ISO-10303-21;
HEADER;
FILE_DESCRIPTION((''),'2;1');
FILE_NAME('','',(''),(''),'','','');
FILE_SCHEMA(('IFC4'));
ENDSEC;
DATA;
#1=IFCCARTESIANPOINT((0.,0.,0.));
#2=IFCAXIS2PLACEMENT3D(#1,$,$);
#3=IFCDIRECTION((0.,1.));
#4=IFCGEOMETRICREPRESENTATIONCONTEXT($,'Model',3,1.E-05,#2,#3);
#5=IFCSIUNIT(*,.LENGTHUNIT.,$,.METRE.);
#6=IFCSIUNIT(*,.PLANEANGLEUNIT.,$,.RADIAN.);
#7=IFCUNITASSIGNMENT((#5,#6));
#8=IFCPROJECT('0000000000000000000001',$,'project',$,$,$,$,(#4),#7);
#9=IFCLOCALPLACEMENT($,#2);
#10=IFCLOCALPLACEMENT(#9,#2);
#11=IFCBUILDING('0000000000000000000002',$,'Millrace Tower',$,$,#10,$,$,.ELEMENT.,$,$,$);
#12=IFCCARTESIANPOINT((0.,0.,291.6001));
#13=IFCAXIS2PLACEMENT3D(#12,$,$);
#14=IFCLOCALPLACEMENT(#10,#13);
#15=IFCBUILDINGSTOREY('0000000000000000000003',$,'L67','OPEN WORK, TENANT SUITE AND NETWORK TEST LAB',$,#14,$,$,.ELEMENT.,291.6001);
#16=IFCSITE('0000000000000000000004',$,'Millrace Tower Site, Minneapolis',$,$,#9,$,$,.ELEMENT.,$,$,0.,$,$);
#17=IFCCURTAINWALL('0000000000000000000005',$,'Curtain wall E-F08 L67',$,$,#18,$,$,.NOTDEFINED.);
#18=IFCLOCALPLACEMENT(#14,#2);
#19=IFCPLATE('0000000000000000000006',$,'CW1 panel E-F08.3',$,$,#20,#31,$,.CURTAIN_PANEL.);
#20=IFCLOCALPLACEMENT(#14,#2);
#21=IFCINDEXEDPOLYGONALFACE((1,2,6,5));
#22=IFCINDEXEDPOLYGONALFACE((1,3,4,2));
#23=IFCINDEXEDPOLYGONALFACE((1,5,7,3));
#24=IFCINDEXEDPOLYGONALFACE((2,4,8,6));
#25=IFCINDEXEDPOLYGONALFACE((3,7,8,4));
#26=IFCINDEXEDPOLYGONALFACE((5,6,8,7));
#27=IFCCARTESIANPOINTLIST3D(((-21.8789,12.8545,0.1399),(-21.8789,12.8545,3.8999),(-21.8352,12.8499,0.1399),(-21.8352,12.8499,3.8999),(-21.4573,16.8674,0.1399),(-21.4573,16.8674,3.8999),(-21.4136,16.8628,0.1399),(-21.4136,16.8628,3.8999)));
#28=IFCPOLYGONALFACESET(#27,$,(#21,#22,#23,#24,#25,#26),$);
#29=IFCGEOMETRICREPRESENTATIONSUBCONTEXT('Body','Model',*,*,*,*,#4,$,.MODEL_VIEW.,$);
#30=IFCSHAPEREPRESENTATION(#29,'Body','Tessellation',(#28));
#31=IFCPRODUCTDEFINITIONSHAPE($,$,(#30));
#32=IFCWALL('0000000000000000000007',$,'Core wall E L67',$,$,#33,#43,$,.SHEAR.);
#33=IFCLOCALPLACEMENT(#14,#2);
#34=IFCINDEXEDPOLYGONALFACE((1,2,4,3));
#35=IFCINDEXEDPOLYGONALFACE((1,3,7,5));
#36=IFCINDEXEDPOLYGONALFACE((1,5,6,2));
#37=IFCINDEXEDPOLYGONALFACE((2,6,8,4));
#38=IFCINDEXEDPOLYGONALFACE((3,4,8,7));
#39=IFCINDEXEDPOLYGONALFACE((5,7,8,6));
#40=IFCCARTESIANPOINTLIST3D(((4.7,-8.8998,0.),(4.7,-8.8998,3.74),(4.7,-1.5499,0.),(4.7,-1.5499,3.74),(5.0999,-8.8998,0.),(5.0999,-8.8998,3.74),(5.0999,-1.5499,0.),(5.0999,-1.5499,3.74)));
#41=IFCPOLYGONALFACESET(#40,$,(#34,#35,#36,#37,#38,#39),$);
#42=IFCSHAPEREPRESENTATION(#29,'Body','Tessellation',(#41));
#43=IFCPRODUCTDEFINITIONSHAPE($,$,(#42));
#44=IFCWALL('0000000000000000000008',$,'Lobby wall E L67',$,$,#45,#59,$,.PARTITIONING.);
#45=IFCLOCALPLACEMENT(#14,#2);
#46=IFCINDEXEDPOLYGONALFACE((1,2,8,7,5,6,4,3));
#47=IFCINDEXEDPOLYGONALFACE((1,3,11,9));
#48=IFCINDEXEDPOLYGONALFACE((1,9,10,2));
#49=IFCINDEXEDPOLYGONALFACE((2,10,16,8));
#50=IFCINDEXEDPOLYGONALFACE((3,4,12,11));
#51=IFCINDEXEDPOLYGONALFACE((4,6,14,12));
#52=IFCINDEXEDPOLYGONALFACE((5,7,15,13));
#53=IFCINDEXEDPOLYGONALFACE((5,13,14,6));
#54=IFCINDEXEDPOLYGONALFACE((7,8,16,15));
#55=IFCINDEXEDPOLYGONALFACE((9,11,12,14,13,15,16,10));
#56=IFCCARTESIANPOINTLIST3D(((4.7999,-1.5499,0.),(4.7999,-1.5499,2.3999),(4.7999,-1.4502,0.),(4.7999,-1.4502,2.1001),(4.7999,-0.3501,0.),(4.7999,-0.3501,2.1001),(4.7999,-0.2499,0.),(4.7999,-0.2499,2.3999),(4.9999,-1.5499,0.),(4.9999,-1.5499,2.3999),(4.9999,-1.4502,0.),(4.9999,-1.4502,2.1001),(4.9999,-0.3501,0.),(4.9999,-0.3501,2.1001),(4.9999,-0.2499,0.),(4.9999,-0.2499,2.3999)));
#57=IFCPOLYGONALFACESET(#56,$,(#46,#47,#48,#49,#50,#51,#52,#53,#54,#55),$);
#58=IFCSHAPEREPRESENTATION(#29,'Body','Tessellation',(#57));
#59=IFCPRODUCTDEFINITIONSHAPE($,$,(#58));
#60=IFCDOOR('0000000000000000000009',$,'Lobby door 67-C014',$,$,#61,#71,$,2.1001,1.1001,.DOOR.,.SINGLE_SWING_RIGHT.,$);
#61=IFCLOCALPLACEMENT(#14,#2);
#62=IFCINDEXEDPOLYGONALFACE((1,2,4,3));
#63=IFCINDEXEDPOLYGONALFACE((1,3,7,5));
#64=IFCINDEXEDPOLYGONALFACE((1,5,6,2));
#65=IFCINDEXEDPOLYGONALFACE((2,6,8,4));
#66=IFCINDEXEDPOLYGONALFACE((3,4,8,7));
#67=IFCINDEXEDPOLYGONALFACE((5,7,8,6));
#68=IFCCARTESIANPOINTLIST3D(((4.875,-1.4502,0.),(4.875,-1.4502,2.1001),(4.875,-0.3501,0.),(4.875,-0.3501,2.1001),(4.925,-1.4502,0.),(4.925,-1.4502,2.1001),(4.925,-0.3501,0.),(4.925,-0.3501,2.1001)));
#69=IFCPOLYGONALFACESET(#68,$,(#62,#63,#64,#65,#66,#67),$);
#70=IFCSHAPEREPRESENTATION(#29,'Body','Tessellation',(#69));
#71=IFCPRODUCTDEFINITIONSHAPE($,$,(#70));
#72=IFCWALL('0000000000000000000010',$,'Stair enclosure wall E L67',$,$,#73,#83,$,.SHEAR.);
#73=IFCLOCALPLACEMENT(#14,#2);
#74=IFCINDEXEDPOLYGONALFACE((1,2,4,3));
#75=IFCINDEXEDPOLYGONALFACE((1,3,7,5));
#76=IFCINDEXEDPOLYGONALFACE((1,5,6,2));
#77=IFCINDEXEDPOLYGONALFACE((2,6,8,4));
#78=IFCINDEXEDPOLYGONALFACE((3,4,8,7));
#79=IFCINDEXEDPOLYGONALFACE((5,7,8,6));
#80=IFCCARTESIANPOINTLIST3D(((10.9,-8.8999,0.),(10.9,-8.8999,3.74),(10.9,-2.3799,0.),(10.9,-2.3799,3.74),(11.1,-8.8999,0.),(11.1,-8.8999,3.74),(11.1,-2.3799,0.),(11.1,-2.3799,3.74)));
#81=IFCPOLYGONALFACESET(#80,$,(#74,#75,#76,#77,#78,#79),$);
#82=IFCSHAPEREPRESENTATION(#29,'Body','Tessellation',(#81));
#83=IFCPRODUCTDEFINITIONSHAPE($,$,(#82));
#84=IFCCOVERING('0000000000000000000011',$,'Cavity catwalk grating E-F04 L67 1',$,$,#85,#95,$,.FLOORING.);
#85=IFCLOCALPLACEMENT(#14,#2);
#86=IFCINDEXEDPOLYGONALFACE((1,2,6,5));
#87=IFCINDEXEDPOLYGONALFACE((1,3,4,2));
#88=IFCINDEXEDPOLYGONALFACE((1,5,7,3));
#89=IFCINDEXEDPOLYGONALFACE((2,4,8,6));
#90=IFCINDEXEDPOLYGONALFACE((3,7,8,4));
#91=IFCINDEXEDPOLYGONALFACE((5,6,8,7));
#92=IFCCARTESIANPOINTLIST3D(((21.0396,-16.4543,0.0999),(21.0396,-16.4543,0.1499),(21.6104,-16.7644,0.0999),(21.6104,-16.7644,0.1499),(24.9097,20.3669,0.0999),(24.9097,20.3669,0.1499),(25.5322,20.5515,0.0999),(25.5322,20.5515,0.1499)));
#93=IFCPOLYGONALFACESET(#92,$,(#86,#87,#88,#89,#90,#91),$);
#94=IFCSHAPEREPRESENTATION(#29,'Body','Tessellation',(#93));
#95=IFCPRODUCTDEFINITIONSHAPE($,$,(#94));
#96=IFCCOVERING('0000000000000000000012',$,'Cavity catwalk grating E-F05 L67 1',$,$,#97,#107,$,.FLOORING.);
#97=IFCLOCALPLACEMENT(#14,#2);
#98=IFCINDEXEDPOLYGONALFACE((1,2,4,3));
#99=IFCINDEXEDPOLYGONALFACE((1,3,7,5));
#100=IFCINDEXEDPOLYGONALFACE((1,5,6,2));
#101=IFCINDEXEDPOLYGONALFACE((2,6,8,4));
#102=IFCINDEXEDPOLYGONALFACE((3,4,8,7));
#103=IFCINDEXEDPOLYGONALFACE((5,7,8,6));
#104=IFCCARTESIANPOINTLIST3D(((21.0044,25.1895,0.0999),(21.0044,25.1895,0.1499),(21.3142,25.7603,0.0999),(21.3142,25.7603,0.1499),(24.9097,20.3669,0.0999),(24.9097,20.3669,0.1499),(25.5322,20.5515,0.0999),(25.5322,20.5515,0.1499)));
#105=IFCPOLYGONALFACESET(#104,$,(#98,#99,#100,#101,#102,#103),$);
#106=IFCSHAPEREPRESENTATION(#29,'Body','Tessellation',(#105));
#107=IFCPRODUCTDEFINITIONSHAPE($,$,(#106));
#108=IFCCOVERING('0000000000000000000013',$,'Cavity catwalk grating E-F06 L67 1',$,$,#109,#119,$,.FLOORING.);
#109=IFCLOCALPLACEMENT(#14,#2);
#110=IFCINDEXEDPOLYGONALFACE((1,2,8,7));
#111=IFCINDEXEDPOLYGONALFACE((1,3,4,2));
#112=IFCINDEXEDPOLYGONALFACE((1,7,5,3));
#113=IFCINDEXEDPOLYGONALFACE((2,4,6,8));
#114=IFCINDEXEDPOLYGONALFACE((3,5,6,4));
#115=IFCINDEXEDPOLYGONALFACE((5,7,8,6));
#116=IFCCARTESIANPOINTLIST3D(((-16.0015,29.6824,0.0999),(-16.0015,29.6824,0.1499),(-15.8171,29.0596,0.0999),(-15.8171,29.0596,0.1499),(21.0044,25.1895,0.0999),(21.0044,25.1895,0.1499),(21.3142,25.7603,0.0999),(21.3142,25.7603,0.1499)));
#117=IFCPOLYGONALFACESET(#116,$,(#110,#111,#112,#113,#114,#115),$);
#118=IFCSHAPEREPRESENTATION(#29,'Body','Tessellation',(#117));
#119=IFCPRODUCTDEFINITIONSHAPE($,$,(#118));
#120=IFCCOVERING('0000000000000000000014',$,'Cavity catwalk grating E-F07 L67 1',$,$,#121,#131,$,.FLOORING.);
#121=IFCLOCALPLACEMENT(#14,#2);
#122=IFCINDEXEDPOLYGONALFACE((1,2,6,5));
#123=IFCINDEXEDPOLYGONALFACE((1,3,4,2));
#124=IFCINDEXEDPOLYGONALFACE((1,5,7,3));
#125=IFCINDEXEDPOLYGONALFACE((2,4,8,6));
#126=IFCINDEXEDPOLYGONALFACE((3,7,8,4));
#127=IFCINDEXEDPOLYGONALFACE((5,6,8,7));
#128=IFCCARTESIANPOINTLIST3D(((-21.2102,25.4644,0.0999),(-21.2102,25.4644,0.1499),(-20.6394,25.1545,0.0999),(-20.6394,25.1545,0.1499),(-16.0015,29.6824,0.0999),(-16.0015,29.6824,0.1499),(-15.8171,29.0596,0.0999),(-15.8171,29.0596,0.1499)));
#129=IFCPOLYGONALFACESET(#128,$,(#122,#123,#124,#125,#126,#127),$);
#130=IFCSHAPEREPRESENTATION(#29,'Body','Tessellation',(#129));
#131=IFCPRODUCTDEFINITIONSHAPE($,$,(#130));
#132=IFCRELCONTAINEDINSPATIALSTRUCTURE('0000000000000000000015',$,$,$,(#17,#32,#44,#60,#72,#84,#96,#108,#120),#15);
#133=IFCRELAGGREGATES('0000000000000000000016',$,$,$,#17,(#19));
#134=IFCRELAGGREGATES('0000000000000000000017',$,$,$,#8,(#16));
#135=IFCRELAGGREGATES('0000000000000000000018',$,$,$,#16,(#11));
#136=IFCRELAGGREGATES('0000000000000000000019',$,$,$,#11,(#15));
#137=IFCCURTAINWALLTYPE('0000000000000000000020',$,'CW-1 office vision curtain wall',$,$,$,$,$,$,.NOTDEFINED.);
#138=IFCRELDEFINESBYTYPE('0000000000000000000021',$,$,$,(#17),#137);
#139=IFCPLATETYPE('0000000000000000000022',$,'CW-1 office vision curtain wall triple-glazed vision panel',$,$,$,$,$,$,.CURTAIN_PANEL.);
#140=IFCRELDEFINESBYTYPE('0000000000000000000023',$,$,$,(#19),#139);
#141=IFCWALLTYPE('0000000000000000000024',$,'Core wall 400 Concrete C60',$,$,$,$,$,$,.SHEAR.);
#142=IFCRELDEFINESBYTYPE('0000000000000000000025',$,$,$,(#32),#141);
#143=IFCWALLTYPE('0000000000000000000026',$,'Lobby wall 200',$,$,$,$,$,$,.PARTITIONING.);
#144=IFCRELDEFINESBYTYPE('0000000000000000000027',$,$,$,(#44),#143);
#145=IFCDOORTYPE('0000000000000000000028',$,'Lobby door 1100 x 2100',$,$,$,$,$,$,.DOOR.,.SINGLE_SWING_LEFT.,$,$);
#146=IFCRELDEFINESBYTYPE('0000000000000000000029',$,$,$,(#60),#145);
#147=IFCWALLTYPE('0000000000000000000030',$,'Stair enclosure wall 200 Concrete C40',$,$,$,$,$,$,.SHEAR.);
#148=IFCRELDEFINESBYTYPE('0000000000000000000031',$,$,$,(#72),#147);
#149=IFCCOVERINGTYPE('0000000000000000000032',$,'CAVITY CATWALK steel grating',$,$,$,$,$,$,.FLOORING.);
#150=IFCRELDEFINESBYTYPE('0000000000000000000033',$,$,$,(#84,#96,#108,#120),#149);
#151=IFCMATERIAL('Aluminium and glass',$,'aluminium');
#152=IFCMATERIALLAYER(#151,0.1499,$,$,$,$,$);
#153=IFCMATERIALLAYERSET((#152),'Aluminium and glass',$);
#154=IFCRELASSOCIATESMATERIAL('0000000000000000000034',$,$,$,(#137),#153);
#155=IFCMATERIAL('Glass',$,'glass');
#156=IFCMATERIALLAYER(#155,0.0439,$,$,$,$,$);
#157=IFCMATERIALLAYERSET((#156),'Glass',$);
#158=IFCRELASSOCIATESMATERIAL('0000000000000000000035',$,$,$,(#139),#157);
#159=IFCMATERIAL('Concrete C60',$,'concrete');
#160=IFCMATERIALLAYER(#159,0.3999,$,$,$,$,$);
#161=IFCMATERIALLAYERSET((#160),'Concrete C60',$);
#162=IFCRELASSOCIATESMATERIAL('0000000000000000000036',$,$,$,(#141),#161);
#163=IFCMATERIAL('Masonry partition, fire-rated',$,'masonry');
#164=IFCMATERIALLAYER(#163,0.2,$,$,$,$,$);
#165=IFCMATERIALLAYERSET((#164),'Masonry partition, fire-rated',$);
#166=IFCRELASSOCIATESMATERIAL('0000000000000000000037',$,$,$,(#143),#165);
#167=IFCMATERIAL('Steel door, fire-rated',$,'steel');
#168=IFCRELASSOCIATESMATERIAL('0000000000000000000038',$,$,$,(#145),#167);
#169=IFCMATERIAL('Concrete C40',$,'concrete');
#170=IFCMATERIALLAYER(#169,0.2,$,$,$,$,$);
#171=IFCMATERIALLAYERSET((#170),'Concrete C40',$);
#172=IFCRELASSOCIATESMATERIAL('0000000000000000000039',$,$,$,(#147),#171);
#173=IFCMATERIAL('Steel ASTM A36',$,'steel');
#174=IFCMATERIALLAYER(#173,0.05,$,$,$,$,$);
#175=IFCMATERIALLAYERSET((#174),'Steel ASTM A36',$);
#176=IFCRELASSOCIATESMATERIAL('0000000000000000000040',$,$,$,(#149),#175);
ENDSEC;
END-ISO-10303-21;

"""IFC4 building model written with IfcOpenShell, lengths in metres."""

from ifc_helpers import new_model, si_unit, direction, frame, frame_2d, origin, place, context, subcontext, project, spatial, polyline, rectangle, outline, extrude, material, layer, layer_set, type_object, element, fill, aggregate, save


model = new_model("IFC4")

# Units and contexts
model_context = context("Model", 3, precision=1e-05, world=origin(), true_north=direction((0.0, 1.0)))
body_context = subcontext(model_context, "Body", "Model", "MODEL_VIEW")
ifc_project = project(units=[si_unit("LENGTHUNIT", "METRE"), si_unit("PLANEANGLEUNIT", "RADIAN")], contexts=[model_context])

# Site, building, storey
site_placement = place(None, origin())
site = spatial("IfcSite", under=ifc_project, at=site_placement, Name="Millrace Tower Site, Minneapolis", CompositionType="ELEMENT", RefElevation=0.0)
building_placement = place(site_placement, origin())
building = spatial("IfcBuilding", under=site, at=building_placement, Name="Millrace Tower", CompositionType="ELEMENT")
storey_placement = place(building_placement, frame((0.0, 0.0, 291.6001)))
storey = spatial("IfcBuildingStorey", under=building, at=storey_placement, Name="L67", Description="OPEN WORK, TENANT SUITE AND NETWORK TEST LAB", CompositionType="ELEMENT", Elevation=291.6001)

# Shared definitions
ifc_material_1 = material(Name="Aluminium and glass", Category="aluminium")
ifc_layer_1 = layer(ifc_material_1, 0.1499)
ifc_layer_set_1 = layer_set([ifc_layer_1], Name="Aluminium and glass")
curtain_wall_type = type_object("IfcCurtainWallType", Name="CW-1 office vision curtain wall", PredefinedType="NOTDEFINED", material=ifc_layer_set_1)
placement_1 = place(storey_placement, origin())
ifc_material_2 = material(Name="Glass", Category="glass")
ifc_layer_2 = layer(ifc_material_2, 0.0439)
ifc_layer_set_2 = layer_set([ifc_layer_2], Name="Glass")
plate_type = type_object("IfcPlateType", Name="CW-1 office vision curtain wall triple-glazed vision panel", PredefinedType="CURTAIN_PANEL", material=ifc_layer_set_2)
placement_2 = place(storey_placement, frame((0.0, 0.0, 0.1399)))

# Curtain wall, plate
curtain_wall_1 = element("IfcCurtainWall", 1, at=placement_1, inside=storey, type_object=curtain_wall_type, Name="Curtain wall E-F08 L67", PredefinedType="NOTDEFINED")
plate_1 = element("IfcPlate", 2, at=placement_2, type_object=plate_type, Name="CW1 panel E-F08.3", PredefinedType="CURTAIN_PANEL", context=body_context, shape_type="SweptSolid", body=[
    extrude(outline(polyline([(-21.4573, 16.8674), (-21.8789, 12.8545), (-21.8352, 12.8499), (-21.4136, 16.8628), (-21.4573, 16.8674)])), origin(), (0.0, 0.0, 1.0), 3.76),
])
aggregate(curtain_wall_1, [plate_1])

# Wall
ifc_material_3 = material(Name="Concrete C60", Category="concrete")
ifc_layer_3 = layer(ifc_material_3, 0.3999)
ifc_layer_set_3 = layer_set([ifc_layer_3], Name="Concrete C60")
wall_type_1 = type_object("IfcWallType", Name="Core wall 400 Concrete C60", PredefinedType="SHEAR", material=ifc_layer_set_3)
wall_1_placement = place(storey_placement, frame((4.8999, -1.55, 0.0), z_axis=(0.0, 0.0, 1.0), x_axis=(0.0, -1.0, 0.0)))
element("IfcWall", 3, at=wall_1_placement, inside=storey, type_object=wall_type_1, Name="Core wall E L67", PredefinedType="SHEAR", context=body_context, shape_type="SweptSolid", body=[
    extrude(rectangle(XDim=7.3499, YDim=0.3999, at=frame_2d((3.6748, 0.0))), origin(), (0.0, 0.0, 1.0), 3.74),
])

# Wall, opening, door
ifc_material_4 = material(Name="Masonry partition, fire-rated", Category="masonry")
ifc_layer_4 = layer(ifc_material_4, 0.2)
ifc_layer_set_4 = layer_set([ifc_layer_4], Name="Masonry partition, fire-rated")
wall_type_2 = type_object("IfcWallType", Name="Lobby wall 200", PredefinedType="PARTITIONING", material=ifc_layer_set_4)
wall_2_placement = place(storey_placement, frame((4.8999, -0.25, 0.0), z_axis=(0.0, 0.0, 1.0), x_axis=(0.0, -1.0, 0.0)))
wall_2 = element("IfcWall", 4, at=wall_2_placement, inside=storey, type_object=wall_type_2, Name="Lobby wall E L67", PredefinedType="PARTITIONING", context=body_context, shape_type="SweptSolid", body=[
    extrude(rectangle(XDim=1.3, YDim=0.2, at=frame_2d((0.6499, 0.0))), origin(), (0.0, 0.0, 1.0), 2.3999),
])
opening_placement = place(wall_2_placement, frame((0.1001, 0.0, 0.0)))
opening = element("IfcOpeningElement", 5, at=opening_placement, cuts=wall_2, PredefinedType="OPENING", context=body_context, shape_type="SweptSolid", body=[
    extrude(rectangle(XDim=1.1001, YDim=2.1001, at=frame_2d((0.55, 1.05))), frame((0.0, 0.1099, 0.0), z_axis=(0.0, -1.0, 0.0), x_axis=(1.0, 0.0, 0.0)), (0.0, 0.0, 1.0), 0.22),
])
ifc_material_5 = material(Name="Steel door, fire-rated", Category="steel")
door_type = type_object("IfcDoorType", Name="Lobby door 1100 x 2100", OperationType="SINGLE_SWING_LEFT", PredefinedType="DOOR", material=ifc_material_5)
door_placement = place(opening_placement, frame((1.1001, 0.0, 0.0), z_axis=(0.0, 0.0, 1.0), x_axis=(-1.0, 0.0, 0.0)))
door = element("IfcDoor", 6, at=door_placement, inside=storey, type_object=door_type, Name="Lobby door 67-C014", OperationType="SINGLE_SWING_RIGHT", OverallHeight=2.1001, OverallWidth=1.1001, PredefinedType="DOOR", context=body_context, shape_type="SweptSolid", body=[
    extrude(rectangle(XDim=1.1001, YDim=2.1001, at=frame_2d((0.55, 1.05))), frame((0.0, 0.0249, 0.0), z_axis=(0.0, -1.0, 0.0), x_axis=(1.0, 0.0, 0.0)), (0.0, 0.0, 1.0), 0.05),
])
fill(opening, door)

# Wall
ifc_material_6 = material(Name="Concrete C40", Category="concrete")
ifc_layer_5 = layer(ifc_material_6, 0.2)
ifc_layer_set_5 = layer_set([ifc_layer_5], Name="Concrete C40")
wall_type_3 = type_object("IfcWallType", Name="Stair enclosure wall 200 Concrete C40", PredefinedType="SHEAR", material=ifc_layer_set_5)
wall_3_placement = place(storey_placement, frame((11.0, -2.3799, 0.0), z_axis=(0.0, 0.0, 1.0), x_axis=(0.0, -1.0, 0.0)))
element("IfcWall", 7, at=wall_3_placement, inside=storey, type_object=wall_type_3, Name="Stair enclosure wall E L67", PredefinedType="SHEAR", context=body_context, shape_type="SweptSolid", body=[
    extrude(rectangle(XDim=6.52, YDim=0.2, at=frame_2d((3.26, 0.0))), origin(), (0.0, 0.0, 1.0), 3.74),
])

# Coverings
ifc_material_7 = material(Name="Steel ASTM A36", Category="steel")
ifc_layer_6 = layer(ifc_material_7, 0.05)
ifc_layer_set_6 = layer_set([ifc_layer_6], Name="Steel ASTM A36")
covering_type = type_object("IfcCoveringType", Name="CAVITY CATWALK steel grating", PredefinedType="FLOORING", material=ifc_layer_set_6)
placement_3 = place(storey_placement, frame((0.0, 0.0, 0.0999)))
element("IfcCovering", 8, at=placement_3, inside=storey, type_object=covering_type, Name="Cavity catwalk grating E-F04 L67 1", PredefinedType="FLOORING", context=body_context, shape_type="SweptSolid", body=[
    extrude(outline(polyline([(21.6104, -16.7644), (25.5322, 20.5515), (24.9097, 20.3669), (21.0396, -16.4543), (21.6104, -16.7644)])), origin(), (0.0, 0.0, 1.0), 0.05),
])
element("IfcCovering", 9, at=placement_3, inside=storey, type_object=covering_type, Name="Cavity catwalk grating E-F05 L67 1", PredefinedType="FLOORING", context=body_context, shape_type="SweptSolid", body=[
    extrude(outline(polyline([(25.5322, 20.5515), (21.3142, 25.7603), (21.0044, 25.1895), (24.9097, 20.3669), (25.5322, 20.5515)])), origin(), (0.0, 0.0, 1.0), 0.05),
])
element("IfcCovering", 10, at=placement_3, inside=storey, type_object=covering_type, Name="Cavity catwalk grating E-F06 L67 1", PredefinedType="FLOORING", context=body_context, shape_type="SweptSolid", body=[
    extrude(outline(polyline([(21.3142, 25.7603), (-16.0015, 29.6824), (-15.8171, 29.0596), (21.0044, 25.1895), (21.3142, 25.7603)])), origin(), (0.0, 0.0, 1.0), 0.05),
])
element("IfcCovering", 11, at=placement_3, inside=storey, type_object=covering_type, Name="Cavity catwalk grating E-F07 L67 1", PredefinedType="FLOORING", context=body_context, shape_type="SweptSolid", body=[
    extrude(outline(polyline([(-16.0015, 29.6824), (-21.2102, 25.4644), (-20.6394, 25.1545), (-15.8171, 29.0596), (-16.0015, 29.6824)])), origin(), (0.0, 0.0, 1.0), 0.05),
])

save(model, "model.ifc")
